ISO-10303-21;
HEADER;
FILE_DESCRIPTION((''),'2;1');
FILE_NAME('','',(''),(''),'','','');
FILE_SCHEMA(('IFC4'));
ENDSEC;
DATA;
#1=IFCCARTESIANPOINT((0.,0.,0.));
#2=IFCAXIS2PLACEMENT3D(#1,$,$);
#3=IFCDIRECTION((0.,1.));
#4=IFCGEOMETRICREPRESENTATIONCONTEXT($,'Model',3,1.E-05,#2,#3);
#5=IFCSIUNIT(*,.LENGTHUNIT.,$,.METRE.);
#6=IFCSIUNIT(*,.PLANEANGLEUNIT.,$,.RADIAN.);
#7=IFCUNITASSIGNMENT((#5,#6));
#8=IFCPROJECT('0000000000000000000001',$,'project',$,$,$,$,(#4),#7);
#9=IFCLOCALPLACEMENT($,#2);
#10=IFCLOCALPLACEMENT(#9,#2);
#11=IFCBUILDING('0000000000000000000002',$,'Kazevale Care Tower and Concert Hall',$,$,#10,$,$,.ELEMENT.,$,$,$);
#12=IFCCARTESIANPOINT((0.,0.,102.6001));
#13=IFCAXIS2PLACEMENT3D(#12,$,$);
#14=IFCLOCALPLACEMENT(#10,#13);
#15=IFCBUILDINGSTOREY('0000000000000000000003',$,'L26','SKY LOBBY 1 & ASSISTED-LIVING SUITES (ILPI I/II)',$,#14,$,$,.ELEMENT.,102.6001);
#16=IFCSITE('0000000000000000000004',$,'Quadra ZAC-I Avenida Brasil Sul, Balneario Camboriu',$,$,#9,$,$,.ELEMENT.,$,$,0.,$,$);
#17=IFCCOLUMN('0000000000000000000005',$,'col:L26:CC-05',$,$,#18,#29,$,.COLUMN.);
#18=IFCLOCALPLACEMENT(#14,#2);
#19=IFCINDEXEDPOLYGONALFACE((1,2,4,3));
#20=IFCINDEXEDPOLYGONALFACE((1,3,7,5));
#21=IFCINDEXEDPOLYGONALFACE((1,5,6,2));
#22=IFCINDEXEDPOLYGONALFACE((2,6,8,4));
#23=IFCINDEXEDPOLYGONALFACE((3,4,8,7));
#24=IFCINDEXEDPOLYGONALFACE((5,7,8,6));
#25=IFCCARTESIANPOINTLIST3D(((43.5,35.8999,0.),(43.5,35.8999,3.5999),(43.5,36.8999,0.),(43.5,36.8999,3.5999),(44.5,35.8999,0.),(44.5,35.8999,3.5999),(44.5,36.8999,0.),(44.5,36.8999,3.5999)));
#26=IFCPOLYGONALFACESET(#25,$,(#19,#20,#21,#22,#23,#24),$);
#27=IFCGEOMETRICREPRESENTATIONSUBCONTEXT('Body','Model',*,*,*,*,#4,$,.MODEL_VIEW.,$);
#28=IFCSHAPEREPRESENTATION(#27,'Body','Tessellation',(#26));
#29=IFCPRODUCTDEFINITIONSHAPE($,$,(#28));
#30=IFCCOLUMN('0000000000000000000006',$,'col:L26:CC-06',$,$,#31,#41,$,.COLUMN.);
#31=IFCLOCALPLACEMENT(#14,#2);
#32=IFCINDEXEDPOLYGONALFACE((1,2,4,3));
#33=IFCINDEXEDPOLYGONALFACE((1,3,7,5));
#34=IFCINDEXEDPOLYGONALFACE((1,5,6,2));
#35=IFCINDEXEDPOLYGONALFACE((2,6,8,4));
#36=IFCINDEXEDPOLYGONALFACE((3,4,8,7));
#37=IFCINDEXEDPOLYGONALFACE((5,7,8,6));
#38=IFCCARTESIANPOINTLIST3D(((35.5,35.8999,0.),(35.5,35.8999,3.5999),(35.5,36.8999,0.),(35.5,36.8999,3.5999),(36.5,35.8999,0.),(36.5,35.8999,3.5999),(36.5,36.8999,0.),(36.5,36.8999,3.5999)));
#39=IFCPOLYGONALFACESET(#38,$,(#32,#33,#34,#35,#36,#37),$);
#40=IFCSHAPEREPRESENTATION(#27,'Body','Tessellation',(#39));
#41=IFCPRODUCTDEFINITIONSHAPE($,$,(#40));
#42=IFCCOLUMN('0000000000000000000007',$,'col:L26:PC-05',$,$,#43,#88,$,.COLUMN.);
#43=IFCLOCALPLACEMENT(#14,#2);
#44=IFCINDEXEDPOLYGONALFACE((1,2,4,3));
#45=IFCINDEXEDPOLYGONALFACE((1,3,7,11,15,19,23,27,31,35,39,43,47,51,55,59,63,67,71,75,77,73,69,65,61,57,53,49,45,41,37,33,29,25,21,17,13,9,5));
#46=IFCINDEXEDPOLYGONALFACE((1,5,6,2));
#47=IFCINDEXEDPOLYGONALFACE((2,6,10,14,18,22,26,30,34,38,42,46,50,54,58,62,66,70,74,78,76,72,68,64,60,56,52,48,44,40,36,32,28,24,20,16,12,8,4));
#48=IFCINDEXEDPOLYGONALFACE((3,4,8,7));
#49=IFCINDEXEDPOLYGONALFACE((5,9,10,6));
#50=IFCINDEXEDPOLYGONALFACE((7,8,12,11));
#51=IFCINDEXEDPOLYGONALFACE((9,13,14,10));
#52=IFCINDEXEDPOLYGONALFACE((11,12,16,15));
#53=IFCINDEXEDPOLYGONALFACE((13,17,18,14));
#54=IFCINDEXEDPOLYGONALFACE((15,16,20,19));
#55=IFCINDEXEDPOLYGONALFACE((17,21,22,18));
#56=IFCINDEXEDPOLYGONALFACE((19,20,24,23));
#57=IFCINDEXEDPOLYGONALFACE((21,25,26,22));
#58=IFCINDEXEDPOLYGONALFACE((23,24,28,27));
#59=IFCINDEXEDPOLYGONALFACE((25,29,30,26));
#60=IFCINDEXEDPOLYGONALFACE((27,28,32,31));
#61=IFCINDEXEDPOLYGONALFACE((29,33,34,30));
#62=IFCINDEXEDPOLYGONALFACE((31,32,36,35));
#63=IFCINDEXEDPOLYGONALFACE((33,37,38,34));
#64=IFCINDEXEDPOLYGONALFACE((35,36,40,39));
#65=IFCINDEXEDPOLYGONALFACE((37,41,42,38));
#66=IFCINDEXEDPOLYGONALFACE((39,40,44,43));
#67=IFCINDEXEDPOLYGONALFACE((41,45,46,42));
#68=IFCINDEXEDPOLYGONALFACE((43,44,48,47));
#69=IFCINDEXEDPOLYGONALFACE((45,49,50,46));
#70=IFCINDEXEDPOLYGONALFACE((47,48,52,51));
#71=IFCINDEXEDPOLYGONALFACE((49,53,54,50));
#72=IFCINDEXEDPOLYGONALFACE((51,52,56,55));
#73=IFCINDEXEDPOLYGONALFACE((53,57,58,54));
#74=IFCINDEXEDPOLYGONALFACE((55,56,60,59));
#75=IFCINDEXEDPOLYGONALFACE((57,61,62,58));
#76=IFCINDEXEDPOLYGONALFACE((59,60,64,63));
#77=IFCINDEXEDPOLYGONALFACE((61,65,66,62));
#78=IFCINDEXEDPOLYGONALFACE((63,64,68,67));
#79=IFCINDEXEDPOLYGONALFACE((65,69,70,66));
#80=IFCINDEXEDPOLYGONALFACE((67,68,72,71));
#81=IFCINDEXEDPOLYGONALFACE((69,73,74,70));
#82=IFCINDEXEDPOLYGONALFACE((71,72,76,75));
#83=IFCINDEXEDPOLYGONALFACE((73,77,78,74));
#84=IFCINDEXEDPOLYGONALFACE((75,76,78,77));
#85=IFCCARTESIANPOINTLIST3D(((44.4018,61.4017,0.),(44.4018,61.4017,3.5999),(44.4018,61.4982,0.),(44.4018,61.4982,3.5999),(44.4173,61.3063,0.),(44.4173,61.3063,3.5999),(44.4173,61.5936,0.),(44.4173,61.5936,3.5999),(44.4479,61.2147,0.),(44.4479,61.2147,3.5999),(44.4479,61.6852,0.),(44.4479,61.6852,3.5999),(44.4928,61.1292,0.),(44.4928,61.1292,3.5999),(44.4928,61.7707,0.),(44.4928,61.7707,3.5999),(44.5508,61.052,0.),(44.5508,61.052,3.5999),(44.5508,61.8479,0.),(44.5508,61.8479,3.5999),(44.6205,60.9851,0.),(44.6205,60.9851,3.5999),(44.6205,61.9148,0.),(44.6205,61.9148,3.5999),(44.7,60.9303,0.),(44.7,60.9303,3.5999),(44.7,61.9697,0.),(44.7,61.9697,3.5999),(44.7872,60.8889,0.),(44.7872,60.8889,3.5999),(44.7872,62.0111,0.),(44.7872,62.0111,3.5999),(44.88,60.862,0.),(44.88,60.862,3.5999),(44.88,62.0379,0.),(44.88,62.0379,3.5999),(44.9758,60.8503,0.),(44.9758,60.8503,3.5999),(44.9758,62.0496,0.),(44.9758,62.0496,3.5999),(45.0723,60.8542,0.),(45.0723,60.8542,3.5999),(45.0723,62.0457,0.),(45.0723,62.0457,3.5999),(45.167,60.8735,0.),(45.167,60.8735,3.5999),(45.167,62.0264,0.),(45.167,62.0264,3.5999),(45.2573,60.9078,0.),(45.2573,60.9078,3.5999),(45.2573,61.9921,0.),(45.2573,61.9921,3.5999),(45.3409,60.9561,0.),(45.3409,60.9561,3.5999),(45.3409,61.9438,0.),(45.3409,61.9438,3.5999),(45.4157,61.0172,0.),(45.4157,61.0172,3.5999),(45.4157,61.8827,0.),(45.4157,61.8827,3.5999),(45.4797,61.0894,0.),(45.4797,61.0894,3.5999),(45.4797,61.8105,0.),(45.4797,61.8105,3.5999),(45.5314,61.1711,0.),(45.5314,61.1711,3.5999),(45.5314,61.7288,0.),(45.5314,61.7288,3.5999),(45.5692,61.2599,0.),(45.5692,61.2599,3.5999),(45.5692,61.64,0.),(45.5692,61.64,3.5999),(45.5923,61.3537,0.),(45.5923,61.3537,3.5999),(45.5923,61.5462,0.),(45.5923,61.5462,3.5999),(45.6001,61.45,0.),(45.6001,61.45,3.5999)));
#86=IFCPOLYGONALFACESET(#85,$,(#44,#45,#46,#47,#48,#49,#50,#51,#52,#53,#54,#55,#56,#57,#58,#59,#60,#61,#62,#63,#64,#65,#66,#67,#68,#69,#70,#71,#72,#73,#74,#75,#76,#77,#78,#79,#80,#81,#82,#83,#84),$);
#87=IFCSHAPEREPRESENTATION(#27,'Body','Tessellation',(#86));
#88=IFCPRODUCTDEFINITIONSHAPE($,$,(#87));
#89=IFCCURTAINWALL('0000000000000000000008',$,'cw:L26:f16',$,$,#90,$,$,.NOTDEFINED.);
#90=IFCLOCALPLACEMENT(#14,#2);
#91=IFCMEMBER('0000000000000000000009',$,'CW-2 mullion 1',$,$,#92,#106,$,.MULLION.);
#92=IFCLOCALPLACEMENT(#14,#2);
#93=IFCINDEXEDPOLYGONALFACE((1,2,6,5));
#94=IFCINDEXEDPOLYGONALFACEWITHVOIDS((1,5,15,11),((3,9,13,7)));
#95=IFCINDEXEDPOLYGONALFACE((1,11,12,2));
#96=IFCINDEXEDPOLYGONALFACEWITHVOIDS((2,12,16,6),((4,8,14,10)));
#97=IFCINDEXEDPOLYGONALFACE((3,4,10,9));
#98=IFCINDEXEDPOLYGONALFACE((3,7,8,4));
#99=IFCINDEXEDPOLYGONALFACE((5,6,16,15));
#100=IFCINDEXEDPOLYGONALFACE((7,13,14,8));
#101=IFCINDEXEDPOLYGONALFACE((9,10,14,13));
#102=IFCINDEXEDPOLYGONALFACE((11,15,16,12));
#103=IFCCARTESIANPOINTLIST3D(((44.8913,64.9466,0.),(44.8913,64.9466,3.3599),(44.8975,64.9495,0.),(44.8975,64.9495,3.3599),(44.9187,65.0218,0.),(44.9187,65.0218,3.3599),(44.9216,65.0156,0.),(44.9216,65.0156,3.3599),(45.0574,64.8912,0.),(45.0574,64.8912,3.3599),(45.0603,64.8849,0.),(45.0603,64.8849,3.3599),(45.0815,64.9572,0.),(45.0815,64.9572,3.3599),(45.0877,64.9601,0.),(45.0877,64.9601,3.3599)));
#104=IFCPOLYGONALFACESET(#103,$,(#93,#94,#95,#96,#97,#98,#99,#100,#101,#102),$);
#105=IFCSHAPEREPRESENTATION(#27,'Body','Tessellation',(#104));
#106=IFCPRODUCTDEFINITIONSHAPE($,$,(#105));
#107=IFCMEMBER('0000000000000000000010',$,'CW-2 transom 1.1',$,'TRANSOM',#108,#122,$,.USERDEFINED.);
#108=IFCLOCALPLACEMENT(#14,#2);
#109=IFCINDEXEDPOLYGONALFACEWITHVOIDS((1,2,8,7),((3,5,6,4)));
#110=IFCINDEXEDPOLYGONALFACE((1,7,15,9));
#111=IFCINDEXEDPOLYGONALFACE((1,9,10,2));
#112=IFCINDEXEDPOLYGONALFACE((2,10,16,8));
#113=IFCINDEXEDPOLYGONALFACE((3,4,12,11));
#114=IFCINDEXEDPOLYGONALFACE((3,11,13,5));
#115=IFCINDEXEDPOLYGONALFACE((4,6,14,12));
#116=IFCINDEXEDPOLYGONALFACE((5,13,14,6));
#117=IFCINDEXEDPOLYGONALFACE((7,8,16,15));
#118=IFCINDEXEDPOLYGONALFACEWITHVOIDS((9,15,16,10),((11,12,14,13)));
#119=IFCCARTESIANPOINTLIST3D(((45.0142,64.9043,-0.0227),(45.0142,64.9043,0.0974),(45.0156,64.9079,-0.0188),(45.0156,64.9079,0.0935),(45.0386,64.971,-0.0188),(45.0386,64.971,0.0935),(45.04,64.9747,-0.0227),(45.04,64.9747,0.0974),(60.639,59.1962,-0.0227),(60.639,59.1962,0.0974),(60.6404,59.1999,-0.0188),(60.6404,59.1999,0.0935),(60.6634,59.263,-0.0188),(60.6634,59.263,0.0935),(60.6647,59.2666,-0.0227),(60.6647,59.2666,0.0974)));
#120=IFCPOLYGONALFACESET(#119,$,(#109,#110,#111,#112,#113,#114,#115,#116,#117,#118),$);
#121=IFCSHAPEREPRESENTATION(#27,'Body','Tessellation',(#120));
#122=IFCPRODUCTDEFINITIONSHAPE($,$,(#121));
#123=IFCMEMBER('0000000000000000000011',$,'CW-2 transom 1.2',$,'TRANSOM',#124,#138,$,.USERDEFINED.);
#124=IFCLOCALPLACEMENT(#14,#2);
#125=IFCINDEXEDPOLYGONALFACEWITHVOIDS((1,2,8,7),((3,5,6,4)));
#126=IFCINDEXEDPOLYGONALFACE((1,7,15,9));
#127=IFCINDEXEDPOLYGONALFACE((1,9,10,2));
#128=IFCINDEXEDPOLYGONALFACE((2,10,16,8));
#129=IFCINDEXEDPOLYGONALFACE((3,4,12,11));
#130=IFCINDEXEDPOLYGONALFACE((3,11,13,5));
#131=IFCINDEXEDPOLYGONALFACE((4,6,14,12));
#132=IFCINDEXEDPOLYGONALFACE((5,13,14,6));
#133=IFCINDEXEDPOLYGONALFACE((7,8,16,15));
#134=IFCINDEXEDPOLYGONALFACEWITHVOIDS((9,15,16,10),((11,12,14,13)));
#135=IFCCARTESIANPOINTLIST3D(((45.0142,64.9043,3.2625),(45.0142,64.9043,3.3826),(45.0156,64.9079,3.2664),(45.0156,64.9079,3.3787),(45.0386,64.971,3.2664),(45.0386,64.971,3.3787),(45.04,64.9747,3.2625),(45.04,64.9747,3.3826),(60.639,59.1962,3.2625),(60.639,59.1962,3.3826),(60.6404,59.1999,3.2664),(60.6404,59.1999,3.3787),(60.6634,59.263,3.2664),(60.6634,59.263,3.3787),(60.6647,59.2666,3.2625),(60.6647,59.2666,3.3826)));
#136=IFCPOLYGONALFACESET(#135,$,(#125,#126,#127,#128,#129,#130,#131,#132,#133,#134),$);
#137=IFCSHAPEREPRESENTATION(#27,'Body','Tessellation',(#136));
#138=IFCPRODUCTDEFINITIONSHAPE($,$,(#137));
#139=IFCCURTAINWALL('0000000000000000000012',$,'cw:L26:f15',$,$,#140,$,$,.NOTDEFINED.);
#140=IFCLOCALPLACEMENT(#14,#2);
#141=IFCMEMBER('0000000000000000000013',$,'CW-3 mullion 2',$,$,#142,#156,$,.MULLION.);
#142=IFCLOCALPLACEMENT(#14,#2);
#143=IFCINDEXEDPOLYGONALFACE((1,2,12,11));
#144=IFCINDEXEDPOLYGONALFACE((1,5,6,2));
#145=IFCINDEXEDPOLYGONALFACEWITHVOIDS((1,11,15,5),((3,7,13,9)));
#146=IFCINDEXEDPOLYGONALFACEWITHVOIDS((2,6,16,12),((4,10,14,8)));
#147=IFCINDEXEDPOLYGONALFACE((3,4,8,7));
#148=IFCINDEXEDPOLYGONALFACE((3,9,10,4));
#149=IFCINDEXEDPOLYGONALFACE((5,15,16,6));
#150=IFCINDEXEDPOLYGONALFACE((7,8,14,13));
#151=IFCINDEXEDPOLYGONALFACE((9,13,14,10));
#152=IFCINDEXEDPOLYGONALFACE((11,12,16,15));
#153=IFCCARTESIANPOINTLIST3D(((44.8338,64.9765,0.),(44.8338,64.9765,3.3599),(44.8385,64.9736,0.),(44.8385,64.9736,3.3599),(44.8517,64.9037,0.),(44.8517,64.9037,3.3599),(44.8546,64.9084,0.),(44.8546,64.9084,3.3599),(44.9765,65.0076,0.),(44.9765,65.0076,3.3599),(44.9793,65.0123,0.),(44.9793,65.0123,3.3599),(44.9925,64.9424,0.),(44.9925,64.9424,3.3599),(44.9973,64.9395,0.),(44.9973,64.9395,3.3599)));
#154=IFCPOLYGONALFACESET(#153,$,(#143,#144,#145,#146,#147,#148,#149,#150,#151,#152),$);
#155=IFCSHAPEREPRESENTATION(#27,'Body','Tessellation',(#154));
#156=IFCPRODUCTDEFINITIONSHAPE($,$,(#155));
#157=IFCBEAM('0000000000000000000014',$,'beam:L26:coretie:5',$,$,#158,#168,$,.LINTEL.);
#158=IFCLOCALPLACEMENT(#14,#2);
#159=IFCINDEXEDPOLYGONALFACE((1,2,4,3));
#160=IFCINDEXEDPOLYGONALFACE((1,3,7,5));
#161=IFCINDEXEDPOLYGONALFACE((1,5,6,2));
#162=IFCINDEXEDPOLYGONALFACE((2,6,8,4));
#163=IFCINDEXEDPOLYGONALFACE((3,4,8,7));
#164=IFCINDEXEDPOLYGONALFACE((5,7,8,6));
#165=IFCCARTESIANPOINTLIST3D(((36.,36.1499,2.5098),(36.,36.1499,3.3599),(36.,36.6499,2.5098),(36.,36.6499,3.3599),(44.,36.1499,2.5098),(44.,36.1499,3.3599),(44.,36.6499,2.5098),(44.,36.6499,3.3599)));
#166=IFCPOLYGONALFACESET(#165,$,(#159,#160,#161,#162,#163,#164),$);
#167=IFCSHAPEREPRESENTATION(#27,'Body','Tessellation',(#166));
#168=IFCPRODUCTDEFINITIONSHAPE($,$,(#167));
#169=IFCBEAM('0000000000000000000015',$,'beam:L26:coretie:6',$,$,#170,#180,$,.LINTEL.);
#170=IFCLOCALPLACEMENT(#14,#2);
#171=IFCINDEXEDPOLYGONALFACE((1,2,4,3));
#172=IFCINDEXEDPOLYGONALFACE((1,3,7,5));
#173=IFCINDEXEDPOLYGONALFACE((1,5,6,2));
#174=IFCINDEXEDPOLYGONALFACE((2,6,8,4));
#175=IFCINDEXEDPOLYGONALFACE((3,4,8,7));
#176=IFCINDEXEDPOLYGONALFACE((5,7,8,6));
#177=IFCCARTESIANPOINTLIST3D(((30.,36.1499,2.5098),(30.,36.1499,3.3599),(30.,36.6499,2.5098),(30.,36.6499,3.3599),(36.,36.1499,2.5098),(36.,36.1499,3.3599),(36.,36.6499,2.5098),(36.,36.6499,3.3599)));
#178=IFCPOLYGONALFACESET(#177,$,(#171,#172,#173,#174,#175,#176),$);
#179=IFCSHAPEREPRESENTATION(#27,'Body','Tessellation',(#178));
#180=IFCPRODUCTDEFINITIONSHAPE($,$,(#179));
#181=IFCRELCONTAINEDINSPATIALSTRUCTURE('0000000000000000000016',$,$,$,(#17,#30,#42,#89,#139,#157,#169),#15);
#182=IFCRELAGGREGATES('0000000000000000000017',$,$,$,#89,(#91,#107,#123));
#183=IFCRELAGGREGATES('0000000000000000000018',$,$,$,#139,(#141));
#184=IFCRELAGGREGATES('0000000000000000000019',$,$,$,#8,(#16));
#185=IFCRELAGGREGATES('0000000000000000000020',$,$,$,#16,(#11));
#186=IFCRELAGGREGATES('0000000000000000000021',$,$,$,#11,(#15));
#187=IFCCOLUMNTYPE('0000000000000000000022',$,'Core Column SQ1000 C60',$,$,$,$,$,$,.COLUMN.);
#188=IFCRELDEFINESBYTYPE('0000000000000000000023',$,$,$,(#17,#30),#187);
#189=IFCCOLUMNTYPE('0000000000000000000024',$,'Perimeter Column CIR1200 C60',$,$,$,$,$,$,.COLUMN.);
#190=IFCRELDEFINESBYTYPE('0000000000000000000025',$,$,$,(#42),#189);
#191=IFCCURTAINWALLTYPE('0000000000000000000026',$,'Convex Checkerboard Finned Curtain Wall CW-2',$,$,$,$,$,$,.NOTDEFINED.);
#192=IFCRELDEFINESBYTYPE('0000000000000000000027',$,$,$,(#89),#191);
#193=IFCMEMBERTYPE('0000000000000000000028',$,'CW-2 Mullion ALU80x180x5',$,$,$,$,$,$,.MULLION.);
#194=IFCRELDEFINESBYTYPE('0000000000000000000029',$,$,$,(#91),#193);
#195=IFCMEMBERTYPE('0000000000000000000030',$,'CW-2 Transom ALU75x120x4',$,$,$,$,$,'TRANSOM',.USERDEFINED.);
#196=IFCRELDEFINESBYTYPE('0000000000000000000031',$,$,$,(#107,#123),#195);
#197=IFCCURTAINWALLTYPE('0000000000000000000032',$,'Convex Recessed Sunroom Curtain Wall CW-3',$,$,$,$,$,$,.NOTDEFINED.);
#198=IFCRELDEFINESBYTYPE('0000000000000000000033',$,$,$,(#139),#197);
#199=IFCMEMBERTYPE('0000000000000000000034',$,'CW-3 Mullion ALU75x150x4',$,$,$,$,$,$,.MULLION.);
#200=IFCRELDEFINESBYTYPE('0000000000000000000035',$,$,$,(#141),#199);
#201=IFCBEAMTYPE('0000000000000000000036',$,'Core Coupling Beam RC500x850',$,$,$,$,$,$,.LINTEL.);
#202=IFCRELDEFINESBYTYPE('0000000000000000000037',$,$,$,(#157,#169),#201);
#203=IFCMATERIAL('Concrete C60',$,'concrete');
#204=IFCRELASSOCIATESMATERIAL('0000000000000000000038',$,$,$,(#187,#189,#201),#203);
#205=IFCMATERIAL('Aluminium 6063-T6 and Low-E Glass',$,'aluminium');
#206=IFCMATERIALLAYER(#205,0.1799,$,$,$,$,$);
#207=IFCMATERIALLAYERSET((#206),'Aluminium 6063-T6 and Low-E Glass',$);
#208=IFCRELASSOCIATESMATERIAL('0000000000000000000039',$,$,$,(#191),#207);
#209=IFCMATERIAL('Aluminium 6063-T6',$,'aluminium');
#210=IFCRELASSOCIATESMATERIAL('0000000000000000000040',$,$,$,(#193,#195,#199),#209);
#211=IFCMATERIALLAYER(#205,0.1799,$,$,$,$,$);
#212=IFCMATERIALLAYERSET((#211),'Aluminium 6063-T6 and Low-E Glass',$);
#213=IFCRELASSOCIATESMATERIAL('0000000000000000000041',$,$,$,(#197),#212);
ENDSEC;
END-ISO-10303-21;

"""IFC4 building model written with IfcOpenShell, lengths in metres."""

from ifc_helpers import new_model, si_unit, direction, frame, origin, origin_2d, place, context, subcontext, project, spatial, rectangle, hollow_rectangle, circle, extrude, material, layer, layer_set, material_profile, profile_set, type_object, element, aggregate, save


model = new_model("IFC4")

# Units and contexts
model_context = context("Model", 3, precision=1e-05, world=origin(), true_north=direction((0.0, 1.0)))
body_context = subcontext(model_context, "Body", "Model", "MODEL_VIEW")
ifc_project = project(units=[si_unit("LENGTHUNIT", "METRE"), si_unit("PLANEANGLEUNIT", "RADIAN")], contexts=[model_context])

# Site, building, storey
site_placement = place(None, origin())
site = spatial("IfcSite", under=ifc_project, at=site_placement, Name="Quadra ZAC-I Avenida Brasil Sul, Balneario Camboriu", CompositionType="ELEMENT", RefElevation=0.0)
building_placement = place(site_placement, origin())
building = spatial("IfcBuilding", under=site, at=building_placement, Name="Kazevale Care Tower and Concert Hall", CompositionType="ELEMENT")
storey_placement = place(building_placement, frame((0.0, 0.0, 102.6001)))
storey = spatial("IfcBuildingStorey", under=building, at=storey_placement, Name="L26", Description="SKY LOBBY 1 & ASSISTED-LIVING SUITES (ILPI I/II)", CompositionType="ELEMENT", Elevation=102.6001)

# Columns
ifc_material_1 = material(Name="Concrete C60", Category="concrete")
ifc_material_profile_1 = material_profile(ifc_material_1, rectangle(XDim=1.0, YDim=1.0, at=origin_2d()), Name="RC-SQ1000")
ifc_profile_set_1 = profile_set([ifc_material_profile_1], Name="Concrete C60")
column_type_1 = type_object("IfcColumnType", Name="Core Column SQ1000 C60", PredefinedType="COLUMN", material=ifc_profile_set_1)
for number, where, z_axis, x_axis, name in (
    (1, (44.0, 36.3999, 0.0), (0.0, 0.0, 1.0), (1.0, 0.0, 0.0), "col:L26:CC-05"),
    (2, (36.0, 36.3999, 0.0), (0.0, 0.0, 1.0), (1.0, 0.0, 0.0), "col:L26:CC-06"),
):
    element("IfcColumn", number, at=place(storey_placement, frame(where, z_axis=z_axis, x_axis=x_axis)), inside=storey, type_object=column_type_1, Name=name, PredefinedType="COLUMN", context=body_context, shape_type="SweptSolid", body=[
        extrude(rectangle(XDim=1.0, YDim=1.0, at=origin_2d()), origin(), (0.0, 0.0, 1.0), 3.5999),
    ])
ifc_material_profile_2 = material_profile(ifc_material_1, circle(Radius=0.6001, at=origin_2d()), Name="RC-CIR1200")
ifc_profile_set_2 = profile_set([ifc_material_profile_2], Name="Concrete C60")
column_type_2 = type_object("IfcColumnType", Name="Perimeter Column CIR1200 C60", PredefinedType="COLUMN", material=ifc_profile_set_2)
column_placement = place(storey_placement, frame((45.0, 61.45, 0.0), z_axis=(0.0, 0.0, 1.0), x_axis=(1.0, 0.0, 0.0)))
element("IfcColumn", 3, at=column_placement, inside=storey, type_object=column_type_2, Name="col:L26:PC-05", PredefinedType="COLUMN", context=body_context, shape_type="SweptSolid", body=[
    extrude(circle(Radius=0.6001, at=origin_2d()), origin(), (0.0, 0.0, 1.0), 3.5999),
])

# Curtain wall, members
ifc_material_2 = material(Name="Aluminium 6063-T6 and Low-E Glass", Category="aluminium")
ifc_layer_1 = layer(ifc_material_2, 0.1799)
ifc_layer_set_1 = layer_set([ifc_layer_1], Name="Aluminium 6063-T6 and Low-E Glass")
curtain_wall_type_1 = type_object("IfcCurtainWallType", Name="Convex Checkerboard Finned Curtain Wall CW-2", PredefinedType="NOTDEFINED", material=ifc_layer_set_1)
curtain_wall_1_placement = place(storey_placement, origin())
curtain_wall_1 = element("IfcCurtainWall", 4, at=curtain_wall_1_placement, inside=storey, type_object=curtain_wall_type_1, Name="cw:L26:f16", PredefinedType="NOTDEFINED")
ifc_material_3 = material(Name="Aluminium 6063-T6", Category="aluminium")
ifc_material_profile_3 = material_profile(ifc_material_3, hollow_rectangle(XDim=0.0801, YDim=0.1799, WallThickness=0.0049, at=origin_2d()), Name="ALU80x180x5")
ifc_profile_set_3 = profile_set([ifc_material_profile_3], Name="Aluminium 6063-T6")
member_type_1 = type_object("IfcMemberType", Name="CW-2 Mullion ALU80x180x5", PredefinedType="MULLION", material=ifc_profile_set_3)
member_1_placement = place(storey_placement, frame((44.9895, 64.9534, 0.0), z_axis=(0.0, 0.0, 1.0), x_axis=(0.343143, 0.939283, 0.0)))
member_1 = element("IfcMember", 5, at=member_1_placement, type_object=member_type_1, Name="CW-2 mullion 1", PredefinedType="MULLION", context=body_context, shape_type="SweptSolid", body=[
    extrude(hollow_rectangle(XDim=0.0801, YDim=0.1799, WallThickness=0.0049, at=origin_2d()), origin(), (0.0, 0.0, 1.0), 3.3599),
])
ifc_material_profile_4 = material_profile(ifc_material_3, hollow_rectangle(XDim=0.075, YDim=0.1201, WallThickness=0.0039, at=origin_2d()), Name="ALU75x120x4")
ifc_profile_set_4 = profile_set([ifc_material_profile_4], Name="Aluminium 6063-T6")
member_type_2 = type_object("IfcMemberType", Name="CW-2 Transom ALU75x120x4", ElementType="TRANSOM", PredefinedType="USERDEFINED", material=ifc_profile_set_4)
member_2_placement = place(storey_placement, frame((45.0271, 64.9395, 0.0374), z_axis=(0.939285, -0.343138, 0.0), x_axis=(0.343138, 0.939285, 0.0)))
member_2 = element("IfcMember", 6, at=member_2_placement, type_object=member_type_2, Name="CW-2 transom 1.1", ObjectType="TRANSOM", PredefinedType="USERDEFINED", context=body_context, shape_type="SweptSolid", body=[
    extrude(hollow_rectangle(XDim=0.075, YDim=0.1201, WallThickness=0.0039, at=origin_2d()), origin(), (0.0, 0.0, 1.0), 16.6348),
])
member_3_placement = place(storey_placement, frame((45.0271, 64.9395, 3.3225), z_axis=(0.939285, -0.343138, 0.0), x_axis=(0.343138, 0.939285, 0.0)))
member_3 = element("IfcMember", 7, at=member_3_placement, type_object=member_type_2, Name="CW-2 transom 1.2", ObjectType="TRANSOM", PredefinedType="USERDEFINED", context=body_context, shape_type="SweptSolid", body=[
    extrude(hollow_rectangle(XDim=0.075, YDim=0.1201, WallThickness=0.0039, at=origin_2d()), origin(), (0.0, 0.0, 1.0), 16.6348),
])
aggregate(curtain_wall_1, [member_1, member_2, member_3])

# Curtain wall, member
ifc_layer_2 = layer(ifc_material_2, 0.1799)
ifc_layer_set_2 = layer_set([ifc_layer_2], Name="Aluminium 6063-T6 and Low-E Glass")
curtain_wall_type_2 = type_object("IfcCurtainWallType", Name="Convex Recessed Sunroom Curtain Wall CW-3", PredefinedType="NOTDEFINED", material=ifc_layer_set_2)
curtain_wall_2_placement = place(storey_placement, origin())
curtain_wall_2 = element("IfcCurtainWall", 8, at=curtain_wall_2_placement, inside=storey, type_object=curtain_wall_type_2, Name="cw:L26:f15", PredefinedType="NOTDEFINED")
ifc_material_profile_5 = material_profile(ifc_material_3, hollow_rectangle(XDim=0.075, YDim=0.1499, WallThickness=0.0039, at=origin_2d()), Name="ALU75x150x4")
ifc_profile_set_5 = profile_set([ifc_material_profile_5], Name="Aluminium 6063-T6")
member_type_3 = type_object("IfcMemberType", Name="CW-3 Mullion ALU75x150x4", PredefinedType="MULLION", material=ifc_profile_set_5)
member_4_placement = place(storey_placement, frame((44.9155, 64.958, 0.0), z_axis=(0.0, 0.0, 1.0), x_axis=(-0.239089, 0.970998, 0.0)))
member_4 = element("IfcMember", 9, at=member_4_placement, type_object=member_type_3, Name="CW-3 mullion 2", PredefinedType="MULLION", context=body_context, shape_type="SweptSolid", body=[
    extrude(hollow_rectangle(XDim=0.075, YDim=0.1499, WallThickness=0.0039, at=origin_2d()), origin(), (0.0, 0.0, 1.0), 3.3599),
])

# Beams
ifc_material_profile_6 = material_profile(ifc_material_1, rectangle(XDim=0.5, YDim=0.8501, at=origin_2d()), Name="RC-B500x850")
ifc_profile_set_6 = profile_set([ifc_material_profile_6], Name="Concrete C60")
beam_type_1 = type_object("IfcBeamType", Name="Core Coupling Beam RC500x850", PredefinedType="LINTEL", material=ifc_profile_set_6)
beam_1_placement = place(storey_placement, frame((44.0, 36.3999, 2.9348), z_axis=(-1.0, 0.0, 0.0), x_axis=(0.0, -1.0, 0.0)))
element("IfcBeam", 10, at=beam_1_placement, inside=storey, type_object=beam_type_1, Name="beam:L26:coretie:5", PredefinedType="LINTEL", context=body_context, shape_type="SweptSolid", body=[
    extrude(rectangle(XDim=0.5, YDim=0.8501, at=origin_2d()), origin(), (0.0, 0.0, 1.0), 8.0),
])
beam_2_placement = place(storey_placement, frame((36.0, 36.3999, 2.9348), z_axis=(-1.0, 0.0, 0.0), x_axis=(0.0, -1.0, 0.0)))
element("IfcBeam", 11, at=beam_2_placement, inside=storey, type_object=beam_type_1, Name="beam:L26:coretie:6", PredefinedType="LINTEL", context=body_context, shape_type="SweptSolid", body=[
    extrude(rectangle(XDim=0.5, YDim=0.8501, at=origin_2d()), origin(), (0.0, 0.0, 1.0), 6.0),
])

aggregate(curtain_wall_2, [member_4])

save(model, "model.ifc")
